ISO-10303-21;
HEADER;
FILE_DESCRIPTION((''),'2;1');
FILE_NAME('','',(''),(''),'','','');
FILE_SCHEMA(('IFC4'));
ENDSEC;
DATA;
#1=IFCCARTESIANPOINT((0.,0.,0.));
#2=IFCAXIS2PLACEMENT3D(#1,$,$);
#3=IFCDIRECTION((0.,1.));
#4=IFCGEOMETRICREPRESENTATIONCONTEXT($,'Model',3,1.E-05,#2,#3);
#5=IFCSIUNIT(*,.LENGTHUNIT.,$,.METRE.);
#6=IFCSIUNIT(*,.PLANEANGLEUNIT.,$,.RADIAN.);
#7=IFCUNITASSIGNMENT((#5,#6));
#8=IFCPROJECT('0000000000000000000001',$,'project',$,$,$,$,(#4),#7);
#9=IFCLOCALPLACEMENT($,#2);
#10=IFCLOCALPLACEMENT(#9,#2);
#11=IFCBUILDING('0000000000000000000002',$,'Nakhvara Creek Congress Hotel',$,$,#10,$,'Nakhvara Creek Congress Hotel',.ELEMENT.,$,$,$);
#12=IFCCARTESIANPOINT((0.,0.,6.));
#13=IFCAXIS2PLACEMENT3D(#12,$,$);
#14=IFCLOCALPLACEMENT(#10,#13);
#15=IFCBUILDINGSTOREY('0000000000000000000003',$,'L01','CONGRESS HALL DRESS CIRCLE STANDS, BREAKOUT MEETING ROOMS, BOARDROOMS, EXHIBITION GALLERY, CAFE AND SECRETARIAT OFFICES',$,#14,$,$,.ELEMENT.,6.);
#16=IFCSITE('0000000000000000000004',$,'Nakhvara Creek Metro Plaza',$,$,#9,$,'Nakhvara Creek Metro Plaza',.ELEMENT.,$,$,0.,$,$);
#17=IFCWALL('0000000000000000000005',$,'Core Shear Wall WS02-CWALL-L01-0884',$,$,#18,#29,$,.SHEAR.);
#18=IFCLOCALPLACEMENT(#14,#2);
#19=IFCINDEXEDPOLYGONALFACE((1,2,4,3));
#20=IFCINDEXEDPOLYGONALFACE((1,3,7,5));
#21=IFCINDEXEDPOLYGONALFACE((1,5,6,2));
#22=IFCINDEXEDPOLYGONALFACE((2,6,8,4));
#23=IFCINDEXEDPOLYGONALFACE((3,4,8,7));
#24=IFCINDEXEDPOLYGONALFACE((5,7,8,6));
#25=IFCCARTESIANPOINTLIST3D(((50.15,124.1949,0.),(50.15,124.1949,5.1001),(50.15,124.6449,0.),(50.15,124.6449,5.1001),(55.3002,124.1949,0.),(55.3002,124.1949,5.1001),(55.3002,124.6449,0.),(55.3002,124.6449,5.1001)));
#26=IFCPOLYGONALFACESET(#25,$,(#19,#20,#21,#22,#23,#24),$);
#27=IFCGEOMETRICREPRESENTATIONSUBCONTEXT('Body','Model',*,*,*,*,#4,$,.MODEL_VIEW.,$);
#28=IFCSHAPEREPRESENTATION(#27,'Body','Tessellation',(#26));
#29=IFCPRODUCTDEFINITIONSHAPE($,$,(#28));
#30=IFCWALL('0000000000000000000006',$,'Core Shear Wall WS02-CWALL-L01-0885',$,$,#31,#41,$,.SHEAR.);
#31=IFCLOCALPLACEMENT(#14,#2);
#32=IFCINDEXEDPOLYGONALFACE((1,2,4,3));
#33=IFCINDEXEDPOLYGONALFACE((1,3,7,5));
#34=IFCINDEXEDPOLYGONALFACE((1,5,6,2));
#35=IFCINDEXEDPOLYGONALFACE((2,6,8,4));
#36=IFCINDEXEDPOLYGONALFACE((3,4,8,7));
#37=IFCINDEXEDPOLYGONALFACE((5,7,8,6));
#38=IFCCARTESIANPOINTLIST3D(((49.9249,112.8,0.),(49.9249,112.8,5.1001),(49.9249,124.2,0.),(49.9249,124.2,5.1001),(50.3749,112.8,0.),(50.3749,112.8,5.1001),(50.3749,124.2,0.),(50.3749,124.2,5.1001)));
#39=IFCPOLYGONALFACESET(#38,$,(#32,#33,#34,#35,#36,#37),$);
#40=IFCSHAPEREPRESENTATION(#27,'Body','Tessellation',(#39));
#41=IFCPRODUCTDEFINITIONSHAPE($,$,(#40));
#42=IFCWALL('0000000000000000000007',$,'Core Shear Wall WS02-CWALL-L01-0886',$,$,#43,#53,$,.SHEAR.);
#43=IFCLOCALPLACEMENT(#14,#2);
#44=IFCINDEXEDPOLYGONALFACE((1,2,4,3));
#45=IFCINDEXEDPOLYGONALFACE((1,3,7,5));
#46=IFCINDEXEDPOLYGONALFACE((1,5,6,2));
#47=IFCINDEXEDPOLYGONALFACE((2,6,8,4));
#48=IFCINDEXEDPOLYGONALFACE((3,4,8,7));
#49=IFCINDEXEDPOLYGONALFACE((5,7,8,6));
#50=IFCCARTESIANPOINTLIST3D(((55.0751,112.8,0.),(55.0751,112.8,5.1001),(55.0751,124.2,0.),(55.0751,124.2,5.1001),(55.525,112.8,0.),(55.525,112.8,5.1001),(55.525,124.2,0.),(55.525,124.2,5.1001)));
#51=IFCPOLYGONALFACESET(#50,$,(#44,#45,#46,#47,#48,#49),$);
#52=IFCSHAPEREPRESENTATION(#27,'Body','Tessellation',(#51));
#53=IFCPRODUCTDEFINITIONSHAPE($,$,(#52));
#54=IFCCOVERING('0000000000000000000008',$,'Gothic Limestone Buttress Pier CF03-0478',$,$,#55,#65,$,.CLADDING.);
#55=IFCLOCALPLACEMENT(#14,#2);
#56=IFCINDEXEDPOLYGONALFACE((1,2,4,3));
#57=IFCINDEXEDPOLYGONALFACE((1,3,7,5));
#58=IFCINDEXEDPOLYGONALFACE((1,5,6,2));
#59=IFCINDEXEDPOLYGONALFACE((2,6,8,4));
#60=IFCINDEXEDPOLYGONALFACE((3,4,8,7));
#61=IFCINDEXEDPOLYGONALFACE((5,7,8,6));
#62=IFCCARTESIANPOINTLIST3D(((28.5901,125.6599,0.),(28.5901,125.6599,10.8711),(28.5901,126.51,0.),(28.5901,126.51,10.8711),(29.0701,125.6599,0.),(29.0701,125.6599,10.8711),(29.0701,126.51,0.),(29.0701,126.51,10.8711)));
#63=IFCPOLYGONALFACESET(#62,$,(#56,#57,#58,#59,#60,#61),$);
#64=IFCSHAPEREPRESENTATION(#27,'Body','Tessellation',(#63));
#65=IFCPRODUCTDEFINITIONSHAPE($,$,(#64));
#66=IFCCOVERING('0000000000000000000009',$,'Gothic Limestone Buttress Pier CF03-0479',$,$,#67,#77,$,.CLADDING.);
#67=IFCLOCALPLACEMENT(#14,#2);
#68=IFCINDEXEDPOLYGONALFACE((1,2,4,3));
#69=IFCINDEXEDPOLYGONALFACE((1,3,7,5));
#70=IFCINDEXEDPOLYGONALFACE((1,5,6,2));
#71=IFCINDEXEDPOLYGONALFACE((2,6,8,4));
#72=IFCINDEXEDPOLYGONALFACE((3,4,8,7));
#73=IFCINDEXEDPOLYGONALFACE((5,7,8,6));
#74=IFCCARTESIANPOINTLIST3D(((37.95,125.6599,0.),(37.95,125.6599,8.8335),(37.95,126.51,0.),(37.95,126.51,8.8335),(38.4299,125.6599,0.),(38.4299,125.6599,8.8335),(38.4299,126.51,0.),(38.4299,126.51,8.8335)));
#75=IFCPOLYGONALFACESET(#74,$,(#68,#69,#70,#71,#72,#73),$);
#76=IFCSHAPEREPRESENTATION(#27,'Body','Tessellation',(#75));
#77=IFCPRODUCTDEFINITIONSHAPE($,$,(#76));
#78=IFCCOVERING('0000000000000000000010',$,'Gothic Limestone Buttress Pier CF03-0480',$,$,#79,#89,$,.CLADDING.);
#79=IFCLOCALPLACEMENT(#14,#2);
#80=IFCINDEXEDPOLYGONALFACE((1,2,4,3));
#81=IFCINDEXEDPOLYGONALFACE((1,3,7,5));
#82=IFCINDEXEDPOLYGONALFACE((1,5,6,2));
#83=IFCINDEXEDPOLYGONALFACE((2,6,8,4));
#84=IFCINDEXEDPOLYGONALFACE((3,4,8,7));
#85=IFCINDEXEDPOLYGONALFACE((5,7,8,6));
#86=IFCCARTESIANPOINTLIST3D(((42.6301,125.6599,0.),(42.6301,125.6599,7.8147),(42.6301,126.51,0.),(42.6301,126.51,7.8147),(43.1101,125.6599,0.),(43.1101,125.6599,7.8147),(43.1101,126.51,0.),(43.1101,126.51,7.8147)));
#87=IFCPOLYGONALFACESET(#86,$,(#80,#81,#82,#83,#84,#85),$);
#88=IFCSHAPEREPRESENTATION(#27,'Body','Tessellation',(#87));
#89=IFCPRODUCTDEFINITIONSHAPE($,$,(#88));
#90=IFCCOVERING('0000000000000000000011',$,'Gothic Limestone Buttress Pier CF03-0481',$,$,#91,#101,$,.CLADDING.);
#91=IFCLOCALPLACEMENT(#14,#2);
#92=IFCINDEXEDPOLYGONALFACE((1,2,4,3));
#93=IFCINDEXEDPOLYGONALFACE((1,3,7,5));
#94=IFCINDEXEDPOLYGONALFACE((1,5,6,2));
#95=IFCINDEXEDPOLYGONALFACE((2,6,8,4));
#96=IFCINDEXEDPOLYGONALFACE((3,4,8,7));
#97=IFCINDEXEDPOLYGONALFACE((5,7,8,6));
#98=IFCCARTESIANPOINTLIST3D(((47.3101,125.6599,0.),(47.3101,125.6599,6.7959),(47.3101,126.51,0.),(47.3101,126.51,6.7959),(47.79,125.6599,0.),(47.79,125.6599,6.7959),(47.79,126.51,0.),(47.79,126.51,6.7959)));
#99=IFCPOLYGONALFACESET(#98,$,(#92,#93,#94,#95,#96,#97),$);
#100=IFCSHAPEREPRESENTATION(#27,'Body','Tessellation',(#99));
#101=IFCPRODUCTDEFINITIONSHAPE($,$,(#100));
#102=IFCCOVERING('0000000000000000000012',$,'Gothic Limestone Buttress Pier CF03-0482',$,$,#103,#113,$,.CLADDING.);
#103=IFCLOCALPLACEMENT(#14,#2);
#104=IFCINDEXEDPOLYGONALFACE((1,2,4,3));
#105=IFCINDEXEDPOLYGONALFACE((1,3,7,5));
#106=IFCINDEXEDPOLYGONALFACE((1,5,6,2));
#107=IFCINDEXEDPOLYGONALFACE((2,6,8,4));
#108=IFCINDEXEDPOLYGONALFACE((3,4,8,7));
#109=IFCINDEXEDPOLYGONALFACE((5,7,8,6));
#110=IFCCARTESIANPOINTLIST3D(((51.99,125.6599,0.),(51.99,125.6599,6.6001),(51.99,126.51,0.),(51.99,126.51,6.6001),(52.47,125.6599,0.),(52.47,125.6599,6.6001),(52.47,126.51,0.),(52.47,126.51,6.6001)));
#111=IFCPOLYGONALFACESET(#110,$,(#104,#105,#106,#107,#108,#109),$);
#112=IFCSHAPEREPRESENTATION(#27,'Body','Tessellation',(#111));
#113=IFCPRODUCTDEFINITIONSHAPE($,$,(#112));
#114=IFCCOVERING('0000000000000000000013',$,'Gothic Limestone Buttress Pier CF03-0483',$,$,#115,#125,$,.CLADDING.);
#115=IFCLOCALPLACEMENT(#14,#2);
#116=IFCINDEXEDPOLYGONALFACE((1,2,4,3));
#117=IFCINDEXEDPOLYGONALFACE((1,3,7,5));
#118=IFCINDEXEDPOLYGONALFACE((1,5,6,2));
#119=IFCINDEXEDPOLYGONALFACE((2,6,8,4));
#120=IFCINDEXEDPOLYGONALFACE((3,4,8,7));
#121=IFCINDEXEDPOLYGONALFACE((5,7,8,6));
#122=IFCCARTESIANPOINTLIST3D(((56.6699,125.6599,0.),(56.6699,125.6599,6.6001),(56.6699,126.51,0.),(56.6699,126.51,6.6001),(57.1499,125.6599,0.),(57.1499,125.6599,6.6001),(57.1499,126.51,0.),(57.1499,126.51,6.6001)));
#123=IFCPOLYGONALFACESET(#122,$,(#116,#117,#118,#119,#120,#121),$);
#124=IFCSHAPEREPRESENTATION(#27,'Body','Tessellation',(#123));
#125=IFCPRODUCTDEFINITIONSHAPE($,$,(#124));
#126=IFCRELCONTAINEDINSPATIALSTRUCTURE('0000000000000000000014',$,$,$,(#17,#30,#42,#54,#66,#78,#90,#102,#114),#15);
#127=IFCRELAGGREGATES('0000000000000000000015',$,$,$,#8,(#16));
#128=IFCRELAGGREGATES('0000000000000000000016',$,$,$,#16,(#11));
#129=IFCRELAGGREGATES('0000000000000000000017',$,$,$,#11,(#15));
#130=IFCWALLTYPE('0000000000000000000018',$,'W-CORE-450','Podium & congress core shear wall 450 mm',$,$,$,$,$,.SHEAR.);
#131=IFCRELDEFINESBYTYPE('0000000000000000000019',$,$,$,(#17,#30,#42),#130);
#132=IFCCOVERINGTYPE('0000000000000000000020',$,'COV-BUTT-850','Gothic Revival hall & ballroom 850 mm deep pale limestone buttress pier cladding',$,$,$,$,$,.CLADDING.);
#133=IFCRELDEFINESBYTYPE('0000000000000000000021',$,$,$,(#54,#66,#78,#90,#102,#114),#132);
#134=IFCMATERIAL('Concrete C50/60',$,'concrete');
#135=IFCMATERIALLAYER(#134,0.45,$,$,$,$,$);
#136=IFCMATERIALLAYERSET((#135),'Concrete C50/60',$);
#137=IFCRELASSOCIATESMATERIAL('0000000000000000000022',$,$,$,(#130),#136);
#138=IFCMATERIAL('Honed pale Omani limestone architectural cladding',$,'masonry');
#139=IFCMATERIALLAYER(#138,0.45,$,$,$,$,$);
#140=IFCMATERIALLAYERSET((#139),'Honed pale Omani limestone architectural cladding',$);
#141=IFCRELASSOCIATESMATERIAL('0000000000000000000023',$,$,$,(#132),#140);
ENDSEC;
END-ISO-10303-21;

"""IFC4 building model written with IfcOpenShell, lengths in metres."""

from ifc_helpers import new_model, si_unit, direction, frame, frame_2d, origin, origin_2d, place, context, subcontext, project, spatial, rectangle, extrude, material, layer, layer_set, type_object, element, save


model = new_model("IFC4")

# Units and contexts
model_context = context("Model", 3, precision=1e-05, world=origin(), true_north=direction((0.0, 1.0)))
body_context = subcontext(model_context, "Body", "Model", "MODEL_VIEW")
ifc_project = project(units=[si_unit("LENGTHUNIT", "METRE"), si_unit("PLANEANGLEUNIT", "RADIAN")], contexts=[model_context])

# Site, building, storey
site_placement = place(None, origin())
site = spatial("IfcSite", under=ifc_project, at=site_placement, Name="Nakhvara Creek Metro Plaza", LongName="Nakhvara Creek Metro Plaza", CompositionType="ELEMENT", RefElevation=0.0)
building_placement = place(site_placement, origin())
building = spatial("IfcBuilding", under=site, at=building_placement, Name="Nakhvara Creek Congress Hotel", LongName="Nakhvara Creek Congress Hotel", CompositionType="ELEMENT")
storey_placement = place(building_placement, frame((0.0, 0.0, 6.0)))
storey = spatial("IfcBuildingStorey", under=building, at=storey_placement, Name="L01", Description="CONGRESS HALL DRESS CIRCLE STANDS, BREAKOUT MEETING ROOMS, BOARDROOMS, EXHIBITION GALLERY, CAFE AND SECRETARIAT OFFICES", CompositionType="ELEMENT", Elevation=6.0)

# Shared definitions
ifc_material_1 = material(Name="Concrete C50/60", Category="concrete")

# Shared definitions
ifc_layer_1 = layer(ifc_material_1, 0.45)
ifc_layer_set_1 = layer_set([ifc_layer_1], Name="Concrete C50/60")
wall_type = type_object("IfcWallType", Name="W-CORE-450", Description="Podium & congress core shear wall 450 mm", PredefinedType="SHEAR", material=ifc_layer_set_1)

# Walls
wall_1_placement = place(storey_placement, frame((50.1499, 124.4199, 0.0), z_axis=(0.0, 0.0, 1.0), x_axis=(1.0, 0.0, 0.0)))
element("IfcWall", 1, at=wall_1_placement, inside=storey, type_object=wall_type, Name="Core Shear Wall WS02-CWALL-L01-0884", PredefinedType="SHEAR", context=body_context, shape_type="SweptSolid", body=[
    extrude(rectangle(XDim=5.1501, YDim=0.45, at=frame_2d((2.5752, 0.0))), origin(), (0.0, 0.0, 1.0), 5.1001),
])
for number, where, z_axis, x_axis, name in (
    (2, (50.1499, 112.8, 0.0), (0.0, 0.0, 1.0), (0.0, 1.0, 0.0), "Core Shear Wall WS02-CWALL-L01-0885"),
    (3, (55.3, 112.8, 0.0), (0.0, 0.0, 1.0), (0.0, 1.0, 0.0), "Core Shear Wall WS02-CWALL-L01-0886"),
):
    element("IfcWall", number, at=place(storey_placement, frame(where, z_axis=z_axis, x_axis=x_axis)), inside=storey, type_object=wall_type, Name=name, PredefinedType="SHEAR", context=body_context, shape_type="SweptSolid", body=[
        extrude(rectangle(XDim=11.3999, YDim=0.45, at=frame_2d((5.7, 0.0))), origin(), (0.0, 0.0, 1.0), 5.1001),
    ])

# Coverings
ifc_material_2 = material(Name="Honed pale Omani limestone architectural cladding", Category="masonry")
ifc_layer_2 = layer(ifc_material_2, 0.45)
ifc_layer_set_2 = layer_set([ifc_layer_2], Name="Honed pale Omani limestone architectural cladding")
covering_type = type_object("IfcCoveringType", Name="COV-BUTT-850", Description="Gothic Revival hall & ballroom 850 mm deep pale limestone buttress pier cladding", PredefinedType="CLADDING", material=ifc_layer_set_2)
covering_1_placement = place(storey_placement, frame((28.8301, 126.085, 0.0), z_axis=(0.0, 0.0, 1.0), x_axis=(1.0, 0.0, 0.0)))
element("IfcCovering", 4, at=covering_1_placement, inside=storey, type_object=covering_type, Name="Gothic Limestone Buttress Pier CF03-0478", PredefinedType="CLADDING", context=body_context, shape_type="SweptSolid", body=[
    extrude(rectangle(XDim=0.48, YDim=0.8501, at=origin_2d()), origin(), (0.0, 0.0, 1.0), 10.8711),
])
covering_2_placement = place(storey_placement, frame((38.1899, 126.085, 0.0), z_axis=(0.0, 0.0, 1.0), x_axis=(1.0, 0.0, 0.0)))
element("IfcCovering", 5, at=covering_2_placement, inside=storey, type_object=covering_type, Name="Gothic Limestone Buttress Pier CF03-0479", PredefinedType="CLADDING", context=body_context, shape_type="SweptSolid", body=[
    extrude(rectangle(XDim=0.48, YDim=0.8501, at=origin_2d()), origin(), (0.0, 0.0, 1.0), 8.8335),
])
covering_3_placement = place(storey_placement, frame((42.8701, 126.085, 0.0), z_axis=(0.0, 0.0, 1.0), x_axis=(1.0, 0.0, 0.0)))
element("IfcCovering", 6, at=covering_3_placement, inside=storey, type_object=covering_type, Name="Gothic Limestone Buttress Pier CF03-0480", PredefinedType="CLADDING", context=body_context, shape_type="SweptSolid", body=[
    extrude(rectangle(XDim=0.48, YDim=0.8501, at=origin_2d()), origin(), (0.0, 0.0, 1.0), 7.8147),
])
covering_4_placement = place(storey_placement, frame((47.55, 126.085, 0.0), z_axis=(0.0, 0.0, 1.0), x_axis=(1.0, 0.0, 0.0)))
element("IfcCovering", 7, at=covering_4_placement, inside=storey, type_object=covering_type, Name="Gothic Limestone Buttress Pier CF03-0481", PredefinedType="CLADDING", context=body_context, shape_type="SweptSolid", body=[
    extrude(rectangle(XDim=0.48, YDim=0.8501, at=origin_2d()), origin(), (0.0, 0.0, 1.0), 6.7959),
])
for number, where, z_axis, x_axis, name in (
    (8, (52.23, 126.085, 0.0), (0.0, 0.0, 1.0), (1.0, 0.0, 0.0), "Gothic Limestone Buttress Pier CF03-0482"),
    (9, (56.9099, 126.085, 0.0), (0.0, 0.0, 1.0), (1.0, 0.0, 0.0), "Gothic Limestone Buttress Pier CF03-0483"),
):
    element("IfcCovering", number, at=place(storey_placement, frame(where, z_axis=z_axis, x_axis=x_axis)), inside=storey, type_object=covering_type, Name=name, PredefinedType="CLADDING", context=body_context, shape_type="SweptSolid", body=[
        extrude(rectangle(XDim=0.48, YDim=0.8501, at=origin_2d()), origin(), (0.0, 0.0, 1.0), 6.6001),
    ])

save(model, "model.ifc")
